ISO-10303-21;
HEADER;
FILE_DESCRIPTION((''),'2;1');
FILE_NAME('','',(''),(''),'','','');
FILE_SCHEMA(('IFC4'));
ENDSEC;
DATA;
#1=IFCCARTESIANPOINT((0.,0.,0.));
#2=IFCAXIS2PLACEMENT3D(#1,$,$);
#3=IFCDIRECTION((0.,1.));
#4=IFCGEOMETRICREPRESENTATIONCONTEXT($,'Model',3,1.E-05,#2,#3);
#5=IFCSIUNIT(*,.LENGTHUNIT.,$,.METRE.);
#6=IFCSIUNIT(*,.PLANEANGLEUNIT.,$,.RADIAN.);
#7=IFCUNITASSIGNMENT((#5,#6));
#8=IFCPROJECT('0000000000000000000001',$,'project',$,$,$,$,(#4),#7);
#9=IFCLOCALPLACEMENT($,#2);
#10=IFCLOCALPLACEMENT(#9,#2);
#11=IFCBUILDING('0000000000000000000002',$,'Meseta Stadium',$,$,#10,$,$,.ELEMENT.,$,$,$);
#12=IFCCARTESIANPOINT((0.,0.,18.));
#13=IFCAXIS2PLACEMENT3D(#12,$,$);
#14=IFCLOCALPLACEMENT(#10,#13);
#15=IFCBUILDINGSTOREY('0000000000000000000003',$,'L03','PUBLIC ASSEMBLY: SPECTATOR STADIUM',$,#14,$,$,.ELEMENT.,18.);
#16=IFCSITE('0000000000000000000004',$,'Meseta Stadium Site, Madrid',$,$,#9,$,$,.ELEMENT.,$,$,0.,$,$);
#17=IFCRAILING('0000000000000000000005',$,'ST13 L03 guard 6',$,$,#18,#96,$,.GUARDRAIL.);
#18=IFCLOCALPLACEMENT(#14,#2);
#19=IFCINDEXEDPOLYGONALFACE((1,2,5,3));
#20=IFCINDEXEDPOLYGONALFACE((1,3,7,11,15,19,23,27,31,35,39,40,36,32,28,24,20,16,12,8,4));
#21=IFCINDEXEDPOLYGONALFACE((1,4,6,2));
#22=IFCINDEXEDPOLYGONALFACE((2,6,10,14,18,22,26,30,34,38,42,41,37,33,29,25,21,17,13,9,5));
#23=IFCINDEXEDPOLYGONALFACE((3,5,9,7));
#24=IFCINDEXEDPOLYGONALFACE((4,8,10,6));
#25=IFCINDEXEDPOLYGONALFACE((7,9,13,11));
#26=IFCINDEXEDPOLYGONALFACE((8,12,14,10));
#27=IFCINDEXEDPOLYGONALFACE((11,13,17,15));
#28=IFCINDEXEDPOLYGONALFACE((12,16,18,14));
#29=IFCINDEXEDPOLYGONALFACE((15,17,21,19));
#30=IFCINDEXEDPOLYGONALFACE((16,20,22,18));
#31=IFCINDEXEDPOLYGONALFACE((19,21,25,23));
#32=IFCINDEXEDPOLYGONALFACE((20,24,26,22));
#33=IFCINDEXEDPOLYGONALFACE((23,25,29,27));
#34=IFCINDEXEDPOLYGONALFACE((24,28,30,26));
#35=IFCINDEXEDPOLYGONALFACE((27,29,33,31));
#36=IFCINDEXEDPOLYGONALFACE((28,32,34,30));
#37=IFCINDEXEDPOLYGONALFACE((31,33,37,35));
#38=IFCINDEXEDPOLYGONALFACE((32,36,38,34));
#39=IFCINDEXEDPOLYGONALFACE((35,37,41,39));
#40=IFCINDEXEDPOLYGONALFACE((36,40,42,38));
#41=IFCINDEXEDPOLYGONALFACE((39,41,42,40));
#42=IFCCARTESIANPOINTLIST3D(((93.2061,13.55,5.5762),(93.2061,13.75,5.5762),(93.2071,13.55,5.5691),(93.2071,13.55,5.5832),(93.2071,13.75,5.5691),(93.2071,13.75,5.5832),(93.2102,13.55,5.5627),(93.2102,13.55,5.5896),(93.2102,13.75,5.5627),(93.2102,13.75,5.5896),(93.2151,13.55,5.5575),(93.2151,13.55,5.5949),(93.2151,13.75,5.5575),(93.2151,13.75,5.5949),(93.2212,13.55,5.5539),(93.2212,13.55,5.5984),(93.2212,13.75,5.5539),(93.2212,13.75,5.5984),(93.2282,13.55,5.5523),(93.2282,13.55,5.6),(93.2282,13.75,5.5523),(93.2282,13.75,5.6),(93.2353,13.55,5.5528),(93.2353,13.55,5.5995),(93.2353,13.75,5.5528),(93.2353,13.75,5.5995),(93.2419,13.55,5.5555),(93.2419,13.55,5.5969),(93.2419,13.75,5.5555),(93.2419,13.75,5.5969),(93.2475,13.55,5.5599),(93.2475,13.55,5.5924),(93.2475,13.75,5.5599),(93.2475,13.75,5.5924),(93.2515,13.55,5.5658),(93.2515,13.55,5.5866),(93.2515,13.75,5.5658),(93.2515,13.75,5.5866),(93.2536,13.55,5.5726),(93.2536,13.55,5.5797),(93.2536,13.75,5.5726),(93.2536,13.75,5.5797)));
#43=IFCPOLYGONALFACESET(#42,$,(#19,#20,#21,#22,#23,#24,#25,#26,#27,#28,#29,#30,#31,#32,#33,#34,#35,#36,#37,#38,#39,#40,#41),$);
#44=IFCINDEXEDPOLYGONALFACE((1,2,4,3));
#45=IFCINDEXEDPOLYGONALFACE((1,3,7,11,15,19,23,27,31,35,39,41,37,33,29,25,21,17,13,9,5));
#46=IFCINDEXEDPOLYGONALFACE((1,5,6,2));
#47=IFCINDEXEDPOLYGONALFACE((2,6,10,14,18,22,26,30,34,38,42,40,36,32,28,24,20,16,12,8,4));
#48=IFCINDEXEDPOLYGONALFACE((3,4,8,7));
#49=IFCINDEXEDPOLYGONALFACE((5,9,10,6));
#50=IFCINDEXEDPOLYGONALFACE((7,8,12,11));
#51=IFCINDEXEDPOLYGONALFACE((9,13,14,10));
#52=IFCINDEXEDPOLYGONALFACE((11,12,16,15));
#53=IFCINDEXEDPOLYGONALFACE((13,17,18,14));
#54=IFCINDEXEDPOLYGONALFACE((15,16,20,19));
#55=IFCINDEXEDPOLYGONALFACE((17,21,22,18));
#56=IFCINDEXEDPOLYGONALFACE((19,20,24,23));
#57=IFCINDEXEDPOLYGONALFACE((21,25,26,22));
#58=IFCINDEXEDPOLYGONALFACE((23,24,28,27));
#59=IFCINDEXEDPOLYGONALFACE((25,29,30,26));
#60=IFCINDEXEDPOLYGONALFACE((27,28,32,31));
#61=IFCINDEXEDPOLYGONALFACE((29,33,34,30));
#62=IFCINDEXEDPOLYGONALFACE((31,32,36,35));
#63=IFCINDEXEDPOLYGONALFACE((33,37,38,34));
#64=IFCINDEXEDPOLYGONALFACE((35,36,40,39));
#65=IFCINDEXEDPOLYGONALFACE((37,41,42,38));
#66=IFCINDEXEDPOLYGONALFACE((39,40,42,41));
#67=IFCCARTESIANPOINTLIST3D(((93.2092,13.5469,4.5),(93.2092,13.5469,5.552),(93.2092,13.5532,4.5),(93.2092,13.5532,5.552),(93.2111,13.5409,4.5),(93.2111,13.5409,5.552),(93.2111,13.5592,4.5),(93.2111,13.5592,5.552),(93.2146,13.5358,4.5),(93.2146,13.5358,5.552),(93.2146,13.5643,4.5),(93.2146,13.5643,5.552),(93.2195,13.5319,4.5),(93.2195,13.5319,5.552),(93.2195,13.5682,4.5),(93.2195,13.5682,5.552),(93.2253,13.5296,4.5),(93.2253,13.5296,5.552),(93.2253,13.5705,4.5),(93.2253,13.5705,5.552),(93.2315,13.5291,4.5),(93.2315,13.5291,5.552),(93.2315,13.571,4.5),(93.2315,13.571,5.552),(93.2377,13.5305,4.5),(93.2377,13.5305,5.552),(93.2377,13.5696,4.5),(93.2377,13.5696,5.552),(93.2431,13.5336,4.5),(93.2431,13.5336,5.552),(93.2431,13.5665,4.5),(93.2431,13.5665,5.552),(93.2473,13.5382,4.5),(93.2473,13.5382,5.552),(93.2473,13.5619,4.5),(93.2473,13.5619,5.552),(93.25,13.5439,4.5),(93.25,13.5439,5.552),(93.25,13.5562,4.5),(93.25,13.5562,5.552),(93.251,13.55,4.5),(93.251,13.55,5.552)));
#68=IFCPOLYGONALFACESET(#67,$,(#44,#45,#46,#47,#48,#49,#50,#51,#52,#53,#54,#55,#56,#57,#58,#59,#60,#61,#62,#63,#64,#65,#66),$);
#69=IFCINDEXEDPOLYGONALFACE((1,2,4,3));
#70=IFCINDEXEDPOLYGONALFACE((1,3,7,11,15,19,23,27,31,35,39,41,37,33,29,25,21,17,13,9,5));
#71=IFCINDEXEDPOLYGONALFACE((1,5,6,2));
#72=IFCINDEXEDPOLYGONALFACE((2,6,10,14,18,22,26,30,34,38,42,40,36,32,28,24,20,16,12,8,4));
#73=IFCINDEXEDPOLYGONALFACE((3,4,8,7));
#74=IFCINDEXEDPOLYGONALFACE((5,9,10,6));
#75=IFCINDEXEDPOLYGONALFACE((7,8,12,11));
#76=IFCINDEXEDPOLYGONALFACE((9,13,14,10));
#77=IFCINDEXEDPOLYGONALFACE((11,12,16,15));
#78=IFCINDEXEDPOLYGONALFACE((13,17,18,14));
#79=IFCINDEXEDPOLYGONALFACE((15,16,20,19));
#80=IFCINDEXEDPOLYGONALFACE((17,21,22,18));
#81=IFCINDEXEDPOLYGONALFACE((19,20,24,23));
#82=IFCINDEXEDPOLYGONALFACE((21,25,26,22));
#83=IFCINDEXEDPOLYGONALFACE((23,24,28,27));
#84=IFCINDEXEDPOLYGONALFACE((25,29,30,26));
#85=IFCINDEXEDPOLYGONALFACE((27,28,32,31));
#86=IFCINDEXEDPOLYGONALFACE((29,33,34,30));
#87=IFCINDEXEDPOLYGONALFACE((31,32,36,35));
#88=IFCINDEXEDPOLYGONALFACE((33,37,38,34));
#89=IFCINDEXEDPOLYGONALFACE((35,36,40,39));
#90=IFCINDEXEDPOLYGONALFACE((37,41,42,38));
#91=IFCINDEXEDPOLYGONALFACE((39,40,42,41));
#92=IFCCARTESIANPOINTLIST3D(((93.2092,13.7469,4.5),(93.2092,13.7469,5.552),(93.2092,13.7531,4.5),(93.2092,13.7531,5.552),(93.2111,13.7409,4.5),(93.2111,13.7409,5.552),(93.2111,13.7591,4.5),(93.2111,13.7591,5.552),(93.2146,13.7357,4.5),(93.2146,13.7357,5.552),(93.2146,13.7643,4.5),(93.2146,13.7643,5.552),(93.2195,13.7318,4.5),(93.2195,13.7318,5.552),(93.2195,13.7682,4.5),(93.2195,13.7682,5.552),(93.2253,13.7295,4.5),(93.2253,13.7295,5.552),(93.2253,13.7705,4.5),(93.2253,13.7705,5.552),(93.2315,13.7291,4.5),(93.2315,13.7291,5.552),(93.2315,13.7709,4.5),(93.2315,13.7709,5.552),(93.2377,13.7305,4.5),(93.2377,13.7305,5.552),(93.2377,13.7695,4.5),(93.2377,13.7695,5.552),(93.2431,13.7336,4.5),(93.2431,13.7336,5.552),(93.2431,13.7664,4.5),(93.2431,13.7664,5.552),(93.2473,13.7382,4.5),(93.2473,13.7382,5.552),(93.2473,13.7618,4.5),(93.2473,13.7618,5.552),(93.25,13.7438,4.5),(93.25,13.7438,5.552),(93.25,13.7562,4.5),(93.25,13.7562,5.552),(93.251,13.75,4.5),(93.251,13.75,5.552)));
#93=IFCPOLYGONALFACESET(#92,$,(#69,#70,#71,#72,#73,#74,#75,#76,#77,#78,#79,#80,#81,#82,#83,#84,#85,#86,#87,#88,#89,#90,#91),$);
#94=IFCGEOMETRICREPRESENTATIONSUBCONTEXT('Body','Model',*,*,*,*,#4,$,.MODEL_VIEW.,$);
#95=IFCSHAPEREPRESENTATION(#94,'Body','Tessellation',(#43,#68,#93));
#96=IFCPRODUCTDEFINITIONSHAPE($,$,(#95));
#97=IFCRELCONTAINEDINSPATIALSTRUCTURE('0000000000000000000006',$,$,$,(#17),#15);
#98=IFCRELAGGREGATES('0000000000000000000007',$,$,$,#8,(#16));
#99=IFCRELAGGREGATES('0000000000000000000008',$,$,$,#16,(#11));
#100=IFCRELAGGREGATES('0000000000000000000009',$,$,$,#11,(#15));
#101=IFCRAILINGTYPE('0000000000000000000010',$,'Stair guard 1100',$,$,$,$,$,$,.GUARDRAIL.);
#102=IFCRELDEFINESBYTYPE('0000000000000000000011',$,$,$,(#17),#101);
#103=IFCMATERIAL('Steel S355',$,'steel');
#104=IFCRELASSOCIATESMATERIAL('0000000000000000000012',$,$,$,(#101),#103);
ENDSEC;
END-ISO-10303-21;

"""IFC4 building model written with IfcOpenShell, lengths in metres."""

from ifc_helpers import new_model, si_unit, direction, frame, origin, origin_2d, place, context, subcontext, project, spatial, circle, extrude, material, type_object, element, save


model = new_model("IFC4")

# Units and contexts
model_context = context("Model", 3, precision=1e-05, world=origin(), true_north=direction((0.0, 1.0)))
body_context = subcontext(model_context, "Body", "Model", "MODEL_VIEW")
ifc_project = project(units=[si_unit("LENGTHUNIT", "METRE"), si_unit("PLANEANGLEUNIT", "RADIAN")], contexts=[model_context])

# Site, building, storey
site_placement = place(None, origin())
site = spatial("IfcSite", under=ifc_project, at=site_placement, Name="Meseta Stadium Site, Madrid", CompositionType="ELEMENT", RefElevation=0.0)
building_placement = place(site_placement, origin())
building = spatial("IfcBuilding", under=site, at=building_placement, Name="Meseta Stadium", CompositionType="ELEMENT")
storey_placement = place(building_placement, frame((0.0, 0.0, 18.0)))
storey = spatial("IfcBuildingStorey", under=building, at=storey_placement, Name="L03", Description="PUBLIC ASSEMBLY: SPECTATOR STADIUM", CompositionType="ELEMENT", Elevation=18.0)

# Railing
ifc_material_1 = material(Name="Steel S355", Category="steel")
railing_type_1 = type_object("IfcRailingType", Name="Stair guard 1100", PredefinedType="GUARDRAIL", material=ifc_material_1)
railing_1_placement = place(storey_placement, frame((93.23, 13.55, 4.5)))
element("IfcRailing", 1, at=railing_1_placement, inside=storey, type_object=railing_type_1, Name="ST13 L03 guard 6", PredefinedType="GUARDRAIL", context=body_context, shape_type="SweptSolid", body=[
    extrude(circle(Radius=0.0239, at=origin_2d()), frame((0.0, 0.0, 1.0762), z_axis=(0.0, 1.0, 0.0), x_axis=(-1.0, 0.0, 0.0)), (0.0, 0.0, 1.0), 0.2),
    extrude(circle(Radius=0.021, at=origin_2d()), origin(), (0.0, 0.0, 1.0), 1.052),
    extrude(circle(Radius=0.021, at=origin_2d()), frame((0.0, 0.2, 0.0)), (0.0, 0.0, 1.0), 1.052),
])

save(model, "model.ifc")
